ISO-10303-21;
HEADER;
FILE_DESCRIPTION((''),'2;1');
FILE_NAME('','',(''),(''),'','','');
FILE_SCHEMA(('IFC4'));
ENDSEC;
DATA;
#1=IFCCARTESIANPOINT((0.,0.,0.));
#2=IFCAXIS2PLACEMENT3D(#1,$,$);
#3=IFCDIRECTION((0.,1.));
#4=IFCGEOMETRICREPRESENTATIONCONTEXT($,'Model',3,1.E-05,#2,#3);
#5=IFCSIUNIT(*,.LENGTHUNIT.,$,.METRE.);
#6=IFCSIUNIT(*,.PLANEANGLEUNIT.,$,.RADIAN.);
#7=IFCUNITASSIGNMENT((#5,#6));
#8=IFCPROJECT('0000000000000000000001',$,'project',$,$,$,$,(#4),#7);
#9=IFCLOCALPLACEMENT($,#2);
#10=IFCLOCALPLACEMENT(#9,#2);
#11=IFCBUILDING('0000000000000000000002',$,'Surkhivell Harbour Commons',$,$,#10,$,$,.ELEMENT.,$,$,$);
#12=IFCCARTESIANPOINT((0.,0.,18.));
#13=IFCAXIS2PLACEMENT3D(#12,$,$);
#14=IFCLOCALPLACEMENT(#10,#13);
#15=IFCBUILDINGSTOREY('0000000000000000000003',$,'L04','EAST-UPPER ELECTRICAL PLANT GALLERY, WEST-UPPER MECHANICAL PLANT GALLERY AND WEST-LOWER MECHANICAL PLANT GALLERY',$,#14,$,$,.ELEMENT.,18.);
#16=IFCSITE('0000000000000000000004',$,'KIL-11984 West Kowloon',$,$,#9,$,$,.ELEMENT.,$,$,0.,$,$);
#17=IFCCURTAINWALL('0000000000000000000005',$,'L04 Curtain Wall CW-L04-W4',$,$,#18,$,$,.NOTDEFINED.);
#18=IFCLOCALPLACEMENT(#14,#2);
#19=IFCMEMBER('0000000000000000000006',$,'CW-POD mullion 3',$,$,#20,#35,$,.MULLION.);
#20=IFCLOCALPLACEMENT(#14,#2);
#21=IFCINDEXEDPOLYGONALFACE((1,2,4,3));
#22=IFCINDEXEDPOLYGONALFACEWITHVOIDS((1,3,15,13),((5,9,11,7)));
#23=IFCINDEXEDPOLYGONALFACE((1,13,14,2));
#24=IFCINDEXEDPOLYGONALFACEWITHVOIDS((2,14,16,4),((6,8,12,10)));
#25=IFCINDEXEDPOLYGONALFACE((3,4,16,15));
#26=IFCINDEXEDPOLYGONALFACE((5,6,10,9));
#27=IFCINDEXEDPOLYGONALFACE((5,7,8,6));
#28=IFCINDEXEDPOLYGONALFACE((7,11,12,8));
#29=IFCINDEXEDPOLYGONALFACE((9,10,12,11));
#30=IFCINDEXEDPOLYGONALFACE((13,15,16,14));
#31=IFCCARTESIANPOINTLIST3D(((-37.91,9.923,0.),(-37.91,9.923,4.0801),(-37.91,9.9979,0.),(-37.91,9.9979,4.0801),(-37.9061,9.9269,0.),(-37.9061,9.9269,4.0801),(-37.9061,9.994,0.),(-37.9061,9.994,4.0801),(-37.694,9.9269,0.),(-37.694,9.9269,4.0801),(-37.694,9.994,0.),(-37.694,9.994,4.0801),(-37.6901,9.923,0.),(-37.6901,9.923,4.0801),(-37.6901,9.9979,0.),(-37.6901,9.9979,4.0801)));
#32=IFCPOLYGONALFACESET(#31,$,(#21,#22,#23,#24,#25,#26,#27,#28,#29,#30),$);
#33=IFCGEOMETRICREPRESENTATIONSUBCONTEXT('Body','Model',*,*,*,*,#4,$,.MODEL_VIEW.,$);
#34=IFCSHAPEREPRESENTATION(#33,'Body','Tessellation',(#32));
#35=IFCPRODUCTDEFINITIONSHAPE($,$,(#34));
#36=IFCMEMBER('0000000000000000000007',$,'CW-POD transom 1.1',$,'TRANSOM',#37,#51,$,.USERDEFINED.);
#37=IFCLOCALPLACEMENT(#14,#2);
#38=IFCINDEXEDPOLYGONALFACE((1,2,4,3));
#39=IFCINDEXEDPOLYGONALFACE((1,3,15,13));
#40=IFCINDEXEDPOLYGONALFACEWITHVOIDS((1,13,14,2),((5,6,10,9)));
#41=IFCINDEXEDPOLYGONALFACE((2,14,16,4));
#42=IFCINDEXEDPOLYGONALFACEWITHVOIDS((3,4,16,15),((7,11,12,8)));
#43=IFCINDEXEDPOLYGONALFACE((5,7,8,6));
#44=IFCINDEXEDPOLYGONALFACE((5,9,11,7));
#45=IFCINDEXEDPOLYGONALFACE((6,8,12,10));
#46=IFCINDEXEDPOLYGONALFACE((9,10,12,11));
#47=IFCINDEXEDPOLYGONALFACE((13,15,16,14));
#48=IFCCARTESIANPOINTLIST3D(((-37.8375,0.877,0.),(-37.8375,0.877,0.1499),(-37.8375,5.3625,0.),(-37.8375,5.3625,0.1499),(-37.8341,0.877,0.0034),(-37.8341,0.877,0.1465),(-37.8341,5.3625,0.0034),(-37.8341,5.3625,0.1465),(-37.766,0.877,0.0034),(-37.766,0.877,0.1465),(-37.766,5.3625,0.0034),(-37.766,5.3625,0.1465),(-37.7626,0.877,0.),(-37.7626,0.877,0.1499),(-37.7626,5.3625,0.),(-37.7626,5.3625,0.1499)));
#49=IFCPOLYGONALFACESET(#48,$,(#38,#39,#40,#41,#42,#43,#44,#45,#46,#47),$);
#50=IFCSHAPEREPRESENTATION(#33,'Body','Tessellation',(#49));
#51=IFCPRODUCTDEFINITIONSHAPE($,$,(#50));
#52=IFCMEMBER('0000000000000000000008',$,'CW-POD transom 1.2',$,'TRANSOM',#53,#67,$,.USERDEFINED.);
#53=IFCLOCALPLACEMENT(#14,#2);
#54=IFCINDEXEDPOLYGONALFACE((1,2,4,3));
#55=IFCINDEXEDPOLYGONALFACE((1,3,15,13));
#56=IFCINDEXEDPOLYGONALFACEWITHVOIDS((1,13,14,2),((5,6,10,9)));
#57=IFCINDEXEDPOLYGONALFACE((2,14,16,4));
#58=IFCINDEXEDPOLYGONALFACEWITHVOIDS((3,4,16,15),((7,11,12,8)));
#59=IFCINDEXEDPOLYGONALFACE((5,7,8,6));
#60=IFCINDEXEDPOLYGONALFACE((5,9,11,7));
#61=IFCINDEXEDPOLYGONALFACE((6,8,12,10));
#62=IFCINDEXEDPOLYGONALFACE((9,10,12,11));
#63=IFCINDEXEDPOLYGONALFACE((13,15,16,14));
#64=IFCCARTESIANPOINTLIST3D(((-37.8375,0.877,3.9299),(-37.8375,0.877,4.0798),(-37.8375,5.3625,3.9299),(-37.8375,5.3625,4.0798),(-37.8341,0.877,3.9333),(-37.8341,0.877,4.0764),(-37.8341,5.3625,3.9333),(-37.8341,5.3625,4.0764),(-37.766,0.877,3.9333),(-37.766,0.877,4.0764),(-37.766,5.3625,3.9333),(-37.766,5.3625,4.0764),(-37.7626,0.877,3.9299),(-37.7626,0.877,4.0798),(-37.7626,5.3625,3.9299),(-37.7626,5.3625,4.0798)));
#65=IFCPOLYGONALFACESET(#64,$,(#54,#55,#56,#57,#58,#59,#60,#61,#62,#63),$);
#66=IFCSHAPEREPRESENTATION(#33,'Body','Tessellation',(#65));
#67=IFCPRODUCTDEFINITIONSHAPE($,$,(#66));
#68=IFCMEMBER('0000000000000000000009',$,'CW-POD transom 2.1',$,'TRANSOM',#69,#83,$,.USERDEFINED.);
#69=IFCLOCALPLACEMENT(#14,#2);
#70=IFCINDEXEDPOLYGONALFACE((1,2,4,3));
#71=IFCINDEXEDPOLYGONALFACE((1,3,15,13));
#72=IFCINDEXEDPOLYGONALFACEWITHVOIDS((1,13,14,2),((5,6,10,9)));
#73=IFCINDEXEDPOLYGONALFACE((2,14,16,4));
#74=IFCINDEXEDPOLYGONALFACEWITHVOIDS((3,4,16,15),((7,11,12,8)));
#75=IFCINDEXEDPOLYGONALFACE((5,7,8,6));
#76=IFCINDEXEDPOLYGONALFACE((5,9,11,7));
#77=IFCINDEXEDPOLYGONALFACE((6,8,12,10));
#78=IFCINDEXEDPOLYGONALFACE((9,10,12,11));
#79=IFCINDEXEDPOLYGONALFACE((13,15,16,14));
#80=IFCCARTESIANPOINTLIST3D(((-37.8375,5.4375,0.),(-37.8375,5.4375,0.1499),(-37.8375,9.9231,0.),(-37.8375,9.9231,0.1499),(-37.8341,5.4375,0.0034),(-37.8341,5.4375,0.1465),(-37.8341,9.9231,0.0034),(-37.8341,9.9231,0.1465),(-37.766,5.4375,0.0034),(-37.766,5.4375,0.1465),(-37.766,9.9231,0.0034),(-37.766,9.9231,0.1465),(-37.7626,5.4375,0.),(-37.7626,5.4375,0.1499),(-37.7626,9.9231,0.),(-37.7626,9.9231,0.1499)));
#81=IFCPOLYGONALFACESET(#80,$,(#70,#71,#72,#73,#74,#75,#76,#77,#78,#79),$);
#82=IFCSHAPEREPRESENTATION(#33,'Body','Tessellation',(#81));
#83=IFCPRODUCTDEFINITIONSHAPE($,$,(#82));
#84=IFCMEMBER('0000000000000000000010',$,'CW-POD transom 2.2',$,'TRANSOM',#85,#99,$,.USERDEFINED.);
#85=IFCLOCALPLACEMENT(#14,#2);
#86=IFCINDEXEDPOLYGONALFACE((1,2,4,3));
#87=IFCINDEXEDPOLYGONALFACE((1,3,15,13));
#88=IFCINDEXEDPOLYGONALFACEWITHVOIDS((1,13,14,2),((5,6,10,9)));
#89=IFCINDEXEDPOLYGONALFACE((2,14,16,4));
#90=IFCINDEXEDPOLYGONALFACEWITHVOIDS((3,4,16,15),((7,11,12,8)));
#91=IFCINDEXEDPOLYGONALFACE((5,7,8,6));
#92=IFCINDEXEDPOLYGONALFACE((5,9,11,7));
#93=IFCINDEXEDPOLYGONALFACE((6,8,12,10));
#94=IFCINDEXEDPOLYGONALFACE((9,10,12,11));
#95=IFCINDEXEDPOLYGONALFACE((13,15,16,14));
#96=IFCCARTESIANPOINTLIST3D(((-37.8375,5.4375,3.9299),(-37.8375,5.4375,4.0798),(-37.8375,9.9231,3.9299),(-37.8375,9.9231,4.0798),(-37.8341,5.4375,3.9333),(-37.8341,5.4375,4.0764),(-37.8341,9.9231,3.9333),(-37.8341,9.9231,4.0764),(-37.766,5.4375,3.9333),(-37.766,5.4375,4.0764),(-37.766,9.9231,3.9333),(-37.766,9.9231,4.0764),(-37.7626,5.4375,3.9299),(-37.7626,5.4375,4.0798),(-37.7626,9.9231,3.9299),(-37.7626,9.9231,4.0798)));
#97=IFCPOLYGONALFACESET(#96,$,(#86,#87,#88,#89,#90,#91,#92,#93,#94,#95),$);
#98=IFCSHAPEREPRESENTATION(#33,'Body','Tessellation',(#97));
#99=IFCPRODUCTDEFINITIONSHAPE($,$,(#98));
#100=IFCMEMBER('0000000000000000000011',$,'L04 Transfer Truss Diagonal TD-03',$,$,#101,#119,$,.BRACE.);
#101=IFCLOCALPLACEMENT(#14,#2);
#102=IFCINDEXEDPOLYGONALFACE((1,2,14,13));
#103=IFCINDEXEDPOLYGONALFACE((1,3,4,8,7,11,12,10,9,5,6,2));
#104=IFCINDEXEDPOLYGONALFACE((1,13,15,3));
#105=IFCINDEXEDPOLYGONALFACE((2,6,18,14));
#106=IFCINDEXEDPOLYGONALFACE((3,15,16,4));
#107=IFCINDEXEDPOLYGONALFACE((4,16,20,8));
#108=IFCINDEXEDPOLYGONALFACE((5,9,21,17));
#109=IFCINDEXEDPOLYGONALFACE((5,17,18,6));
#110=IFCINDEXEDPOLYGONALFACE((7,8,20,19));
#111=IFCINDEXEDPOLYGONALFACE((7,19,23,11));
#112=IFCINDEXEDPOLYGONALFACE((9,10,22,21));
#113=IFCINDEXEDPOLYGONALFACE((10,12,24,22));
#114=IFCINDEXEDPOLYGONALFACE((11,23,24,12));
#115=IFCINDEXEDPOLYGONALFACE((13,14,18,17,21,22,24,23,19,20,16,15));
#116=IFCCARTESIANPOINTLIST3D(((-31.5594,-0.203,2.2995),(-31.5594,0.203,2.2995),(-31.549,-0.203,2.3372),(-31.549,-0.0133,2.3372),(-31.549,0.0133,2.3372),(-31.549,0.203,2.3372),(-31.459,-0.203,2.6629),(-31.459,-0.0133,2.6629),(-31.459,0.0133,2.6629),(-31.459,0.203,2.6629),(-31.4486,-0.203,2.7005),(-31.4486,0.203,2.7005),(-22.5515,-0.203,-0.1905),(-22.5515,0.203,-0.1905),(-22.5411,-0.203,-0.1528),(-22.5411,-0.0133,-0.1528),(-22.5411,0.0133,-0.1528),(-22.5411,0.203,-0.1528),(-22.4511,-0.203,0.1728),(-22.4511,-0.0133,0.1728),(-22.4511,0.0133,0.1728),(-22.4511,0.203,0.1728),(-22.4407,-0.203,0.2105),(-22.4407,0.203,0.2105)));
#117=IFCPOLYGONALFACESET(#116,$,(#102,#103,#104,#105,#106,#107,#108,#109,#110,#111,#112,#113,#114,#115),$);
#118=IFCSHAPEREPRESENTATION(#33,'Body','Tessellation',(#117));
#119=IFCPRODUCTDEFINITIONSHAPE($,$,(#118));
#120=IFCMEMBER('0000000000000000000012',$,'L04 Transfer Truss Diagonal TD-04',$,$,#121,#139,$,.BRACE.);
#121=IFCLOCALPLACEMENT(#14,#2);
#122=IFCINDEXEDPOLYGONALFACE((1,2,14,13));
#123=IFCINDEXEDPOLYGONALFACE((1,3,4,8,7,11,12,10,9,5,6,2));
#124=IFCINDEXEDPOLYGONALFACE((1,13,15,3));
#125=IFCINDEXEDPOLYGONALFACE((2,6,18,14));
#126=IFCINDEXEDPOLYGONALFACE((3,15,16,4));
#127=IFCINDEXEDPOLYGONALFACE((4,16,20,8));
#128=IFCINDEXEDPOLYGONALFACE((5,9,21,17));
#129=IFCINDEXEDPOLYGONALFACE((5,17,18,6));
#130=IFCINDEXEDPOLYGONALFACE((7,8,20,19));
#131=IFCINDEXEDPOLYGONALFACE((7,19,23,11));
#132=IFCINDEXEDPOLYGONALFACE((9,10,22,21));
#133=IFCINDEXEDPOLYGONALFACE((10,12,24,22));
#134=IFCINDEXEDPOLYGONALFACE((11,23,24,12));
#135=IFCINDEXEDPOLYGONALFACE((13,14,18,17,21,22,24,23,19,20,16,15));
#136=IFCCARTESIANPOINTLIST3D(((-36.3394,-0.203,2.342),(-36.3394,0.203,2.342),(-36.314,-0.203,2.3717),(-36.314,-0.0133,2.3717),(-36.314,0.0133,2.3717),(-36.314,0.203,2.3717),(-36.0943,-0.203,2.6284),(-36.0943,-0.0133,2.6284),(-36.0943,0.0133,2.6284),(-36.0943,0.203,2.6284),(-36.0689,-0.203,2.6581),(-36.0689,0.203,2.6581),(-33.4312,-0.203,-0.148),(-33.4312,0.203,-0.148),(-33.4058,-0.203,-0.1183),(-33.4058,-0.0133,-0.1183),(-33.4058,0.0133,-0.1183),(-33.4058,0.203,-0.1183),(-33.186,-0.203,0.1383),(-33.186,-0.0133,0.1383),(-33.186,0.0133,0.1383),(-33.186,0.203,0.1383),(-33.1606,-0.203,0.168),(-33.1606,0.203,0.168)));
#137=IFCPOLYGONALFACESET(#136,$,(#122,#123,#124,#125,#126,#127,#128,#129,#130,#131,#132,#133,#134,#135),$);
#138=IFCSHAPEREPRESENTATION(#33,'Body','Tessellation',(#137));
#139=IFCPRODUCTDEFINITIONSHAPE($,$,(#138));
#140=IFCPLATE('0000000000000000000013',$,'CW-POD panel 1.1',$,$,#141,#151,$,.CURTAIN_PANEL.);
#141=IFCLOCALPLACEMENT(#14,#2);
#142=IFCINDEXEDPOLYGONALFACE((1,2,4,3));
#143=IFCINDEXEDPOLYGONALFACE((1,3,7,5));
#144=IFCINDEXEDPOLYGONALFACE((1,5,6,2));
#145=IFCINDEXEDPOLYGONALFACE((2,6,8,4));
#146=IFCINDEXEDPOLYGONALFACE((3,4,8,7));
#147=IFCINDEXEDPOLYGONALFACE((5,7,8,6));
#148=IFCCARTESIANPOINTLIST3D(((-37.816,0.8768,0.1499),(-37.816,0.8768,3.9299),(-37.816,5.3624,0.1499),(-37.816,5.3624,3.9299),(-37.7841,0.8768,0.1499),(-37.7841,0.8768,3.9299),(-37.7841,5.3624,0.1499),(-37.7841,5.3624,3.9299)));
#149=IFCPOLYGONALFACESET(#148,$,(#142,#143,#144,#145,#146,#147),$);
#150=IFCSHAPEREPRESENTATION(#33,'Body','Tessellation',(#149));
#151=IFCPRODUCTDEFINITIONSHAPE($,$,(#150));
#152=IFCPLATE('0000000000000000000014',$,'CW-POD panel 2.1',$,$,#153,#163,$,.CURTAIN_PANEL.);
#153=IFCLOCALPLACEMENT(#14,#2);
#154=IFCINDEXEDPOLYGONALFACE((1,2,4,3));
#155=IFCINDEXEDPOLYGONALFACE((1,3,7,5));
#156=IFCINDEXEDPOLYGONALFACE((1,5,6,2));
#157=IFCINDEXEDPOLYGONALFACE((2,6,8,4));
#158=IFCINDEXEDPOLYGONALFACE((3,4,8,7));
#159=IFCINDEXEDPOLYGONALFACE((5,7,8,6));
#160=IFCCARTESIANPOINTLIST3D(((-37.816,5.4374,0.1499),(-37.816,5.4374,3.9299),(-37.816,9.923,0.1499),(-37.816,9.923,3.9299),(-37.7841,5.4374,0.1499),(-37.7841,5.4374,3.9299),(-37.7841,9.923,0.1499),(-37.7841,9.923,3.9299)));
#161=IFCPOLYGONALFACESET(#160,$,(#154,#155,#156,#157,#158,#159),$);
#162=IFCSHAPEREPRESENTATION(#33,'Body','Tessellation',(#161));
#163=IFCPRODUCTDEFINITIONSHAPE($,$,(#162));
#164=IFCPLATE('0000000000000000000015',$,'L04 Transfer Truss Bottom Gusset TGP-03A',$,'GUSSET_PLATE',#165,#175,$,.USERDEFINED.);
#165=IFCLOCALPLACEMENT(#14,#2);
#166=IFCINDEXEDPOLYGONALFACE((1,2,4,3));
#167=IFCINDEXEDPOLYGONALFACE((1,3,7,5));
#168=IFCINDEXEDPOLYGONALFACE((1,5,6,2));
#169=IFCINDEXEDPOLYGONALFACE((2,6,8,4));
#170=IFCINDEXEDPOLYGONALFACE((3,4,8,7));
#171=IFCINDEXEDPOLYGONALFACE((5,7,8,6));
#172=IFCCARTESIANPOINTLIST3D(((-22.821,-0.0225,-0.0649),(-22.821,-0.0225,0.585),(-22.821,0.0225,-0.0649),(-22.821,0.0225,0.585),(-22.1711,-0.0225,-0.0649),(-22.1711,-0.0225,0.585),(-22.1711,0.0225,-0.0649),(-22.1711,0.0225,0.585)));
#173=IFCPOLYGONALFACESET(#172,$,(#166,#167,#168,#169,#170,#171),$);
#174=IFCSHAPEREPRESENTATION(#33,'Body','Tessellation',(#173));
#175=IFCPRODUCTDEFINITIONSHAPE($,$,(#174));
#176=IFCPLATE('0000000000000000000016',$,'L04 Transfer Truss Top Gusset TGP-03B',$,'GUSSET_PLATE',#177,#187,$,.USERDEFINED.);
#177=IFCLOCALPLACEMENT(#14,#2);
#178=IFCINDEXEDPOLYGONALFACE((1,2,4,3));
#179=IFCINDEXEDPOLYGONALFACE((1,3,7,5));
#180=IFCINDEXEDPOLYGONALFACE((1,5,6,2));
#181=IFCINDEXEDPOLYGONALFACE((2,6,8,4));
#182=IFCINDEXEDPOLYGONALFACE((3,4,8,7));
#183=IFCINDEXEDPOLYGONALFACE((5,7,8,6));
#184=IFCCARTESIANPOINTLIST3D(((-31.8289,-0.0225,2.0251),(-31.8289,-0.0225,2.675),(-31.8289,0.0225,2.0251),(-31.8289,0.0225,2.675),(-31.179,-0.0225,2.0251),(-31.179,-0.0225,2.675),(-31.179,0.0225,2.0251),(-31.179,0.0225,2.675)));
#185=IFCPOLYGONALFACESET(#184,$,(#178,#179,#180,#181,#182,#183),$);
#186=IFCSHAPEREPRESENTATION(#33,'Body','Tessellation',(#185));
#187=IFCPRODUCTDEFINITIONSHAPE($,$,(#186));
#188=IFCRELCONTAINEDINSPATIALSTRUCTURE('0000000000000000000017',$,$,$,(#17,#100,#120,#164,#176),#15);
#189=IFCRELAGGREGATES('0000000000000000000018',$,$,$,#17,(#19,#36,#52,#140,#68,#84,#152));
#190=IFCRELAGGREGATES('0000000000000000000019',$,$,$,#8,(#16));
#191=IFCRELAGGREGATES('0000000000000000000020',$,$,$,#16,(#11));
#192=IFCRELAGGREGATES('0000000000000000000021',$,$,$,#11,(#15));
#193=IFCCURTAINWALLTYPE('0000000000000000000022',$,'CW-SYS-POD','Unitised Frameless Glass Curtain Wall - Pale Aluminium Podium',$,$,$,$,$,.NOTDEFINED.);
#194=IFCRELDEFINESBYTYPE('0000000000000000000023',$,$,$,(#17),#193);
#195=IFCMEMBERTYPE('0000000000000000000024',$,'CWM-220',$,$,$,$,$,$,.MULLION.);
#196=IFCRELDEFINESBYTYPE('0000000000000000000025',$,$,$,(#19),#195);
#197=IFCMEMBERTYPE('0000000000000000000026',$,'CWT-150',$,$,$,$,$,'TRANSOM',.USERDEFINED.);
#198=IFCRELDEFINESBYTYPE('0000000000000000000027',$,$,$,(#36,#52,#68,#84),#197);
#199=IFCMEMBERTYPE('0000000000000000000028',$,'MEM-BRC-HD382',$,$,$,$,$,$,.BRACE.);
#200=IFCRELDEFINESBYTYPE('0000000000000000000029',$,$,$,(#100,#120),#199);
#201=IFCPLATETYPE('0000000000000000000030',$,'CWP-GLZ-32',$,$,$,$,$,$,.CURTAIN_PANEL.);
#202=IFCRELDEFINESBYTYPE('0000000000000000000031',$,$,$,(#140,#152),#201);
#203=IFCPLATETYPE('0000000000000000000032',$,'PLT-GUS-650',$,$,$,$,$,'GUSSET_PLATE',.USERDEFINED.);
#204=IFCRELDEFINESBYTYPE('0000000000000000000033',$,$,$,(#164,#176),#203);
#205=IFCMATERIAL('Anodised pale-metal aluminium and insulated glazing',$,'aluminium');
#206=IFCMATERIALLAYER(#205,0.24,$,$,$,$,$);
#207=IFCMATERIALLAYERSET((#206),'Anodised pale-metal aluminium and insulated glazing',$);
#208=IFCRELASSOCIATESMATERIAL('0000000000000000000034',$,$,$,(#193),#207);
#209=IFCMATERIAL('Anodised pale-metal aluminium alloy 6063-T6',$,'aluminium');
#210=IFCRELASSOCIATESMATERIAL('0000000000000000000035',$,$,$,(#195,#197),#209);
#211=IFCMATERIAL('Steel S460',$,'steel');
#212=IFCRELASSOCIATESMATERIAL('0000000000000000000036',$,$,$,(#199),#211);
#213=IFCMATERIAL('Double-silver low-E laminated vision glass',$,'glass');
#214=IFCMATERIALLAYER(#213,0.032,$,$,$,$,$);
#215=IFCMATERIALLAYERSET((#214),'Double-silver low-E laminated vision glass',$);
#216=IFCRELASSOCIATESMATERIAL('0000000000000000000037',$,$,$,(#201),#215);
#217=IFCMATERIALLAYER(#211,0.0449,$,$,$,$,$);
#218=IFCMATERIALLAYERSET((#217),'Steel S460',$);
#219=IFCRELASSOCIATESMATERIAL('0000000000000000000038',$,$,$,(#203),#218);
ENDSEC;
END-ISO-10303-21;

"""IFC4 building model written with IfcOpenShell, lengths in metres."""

from ifc_helpers import new_model, si_unit, direction, frame, frame_2d, origin, origin_2d, place, context, subcontext, project, spatial, rectangle, hollow_rectangle, i_section, extrude, material, layer, layer_set, material_profile, profile_set, type_object, element, aggregate, save


model = new_model("IFC4")

# Units and contexts
model_context = context("Model", 3, precision=1e-05, world=origin(), true_north=direction((0.0, 1.0)))
body_context = subcontext(model_context, "Body", "Model", "MODEL_VIEW")
ifc_project = project(units=[si_unit("LENGTHUNIT", "METRE"), si_unit("PLANEANGLEUNIT", "RADIAN")], contexts=[model_context])

# Site, building, storey
site_placement = place(None, origin())
site = spatial("IfcSite", under=ifc_project, at=site_placement, Name="KIL-11984 West Kowloon", CompositionType="ELEMENT", RefElevation=0.0)
building_placement = place(site_placement, origin())
building = spatial("IfcBuilding", under=site, at=building_placement, Name="Surkhivell Harbour Commons", CompositionType="ELEMENT")
storey_placement = place(building_placement, frame((0.0, 0.0, 18.0)))
storey = spatial("IfcBuildingStorey", under=building, at=storey_placement, Name="L04", Description="EAST-UPPER ELECTRICAL PLANT GALLERY, WEST-UPPER MECHANICAL PLANT GALLERY AND WEST-LOWER MECHANICAL PLANT GALLERY", CompositionType="ELEMENT", Elevation=18.0)

# Shared definitions
ifc_material_1 = material(Name="Steel S460", Category="steel")

# Curtain wall, members
ifc_material_2 = material(Name="Anodised pale-metal aluminium and insulated glazing", Category="aluminium")
ifc_layer_1 = layer(ifc_material_2, 0.24)
ifc_layer_set_1 = layer_set([ifc_layer_1], Name="Anodised pale-metal aluminium and insulated glazing")
curtain_wall_type = type_object("IfcCurtainWallType", Name="CW-SYS-POD", Description="Unitised Frameless Glass Curtain Wall - Pale Aluminium Podium", PredefinedType="NOTDEFINED", material=ifc_layer_set_1)
curtain_wall_placement = place(storey_placement, origin())
curtain_wall = element("IfcCurtainWall", 1, at=curtain_wall_placement, inside=storey, type_object=curtain_wall_type, Name="L04 Curtain Wall CW-L04-W4", PredefinedType="NOTDEFINED")
ifc_material_3 = material(Name="Anodised pale-metal aluminium alloy 6063-T6", Category="aluminium")
ifc_material_profile_1 = material_profile(ifc_material_3, hollow_rectangle(XDim=0.075, YDim=0.22, WallThickness=0.0039, at=origin_2d()), Name="ALU-MULL-75x220")
ifc_profile_set_1 = profile_set([ifc_material_profile_1], Name="Anodised pale-metal aluminium alloy 6063-T6")
member_type_1 = type_object("IfcMemberType", Name="CWM-220", PredefinedType="MULLION", material=ifc_profile_set_1)
member_1_placement = place(storey_placement, frame((-37.8, 9.9604, 0.0), z_axis=(0.0, 0.0, 1.0), x_axis=(0.0, 1.0, 0.0)))
member_1 = element("IfcMember", 2, at=member_1_placement, type_object=member_type_1, Name="CW-POD mullion 3", PredefinedType="MULLION", context=body_context, shape_type="SweptSolid", body=[
    extrude(hollow_rectangle(XDim=0.075, YDim=0.22, WallThickness=0.0039, at=origin_2d()), origin(), (0.0, 0.0, 1.0), 4.0801),
])
ifc_material_profile_2 = material_profile(ifc_material_3, hollow_rectangle(XDim=0.075, YDim=0.1499, WallThickness=0.0034, at=origin_2d()), Name="ALU-TRAN-75x150")
ifc_profile_set_2 = profile_set([ifc_material_profile_2], Name="Anodised pale-metal aluminium alloy 6063-T6")
member_type_2 = type_object("IfcMemberType", Name="CWT-150", ElementType="TRANSOM", PredefinedType="USERDEFINED", material=ifc_profile_set_2)
member_2_placement = place(storey_placement, frame((-37.8, 0.877, 0.075), z_axis=(0.0, 1.0, 0.0), x_axis=(-1.0, 0.0, 0.0)))
member_2 = element("IfcMember", 3, at=member_2_placement, type_object=member_type_2, Name="CW-POD transom 1.1", ObjectType="TRANSOM", PredefinedType="USERDEFINED", context=body_context, shape_type="SweptSolid", body=[
    extrude(hollow_rectangle(XDim=0.075, YDim=0.1499, WallThickness=0.0034, at=origin_2d()), origin(), (0.0, 0.0, 1.0), 4.4856),
])
member_3_placement = place(storey_placement, frame((-37.8, 0.877, 4.0049), z_axis=(0.0, 1.0, 0.0), x_axis=(-1.0, 0.0, 0.0)))
member_3 = element("IfcMember", 4, at=member_3_placement, type_object=member_type_2, Name="CW-POD transom 1.2", ObjectType="TRANSOM", PredefinedType="USERDEFINED", context=body_context, shape_type="SweptSolid", body=[
    extrude(hollow_rectangle(XDim=0.075, YDim=0.1499, WallThickness=0.0034, at=origin_2d()), origin(), (0.0, 0.0, 1.0), 4.4856),
])
member_4_placement = place(storey_placement, frame((-37.8, 5.4375, 0.075), z_axis=(0.0, 1.0, 0.0), x_axis=(-1.0, 0.0, 0.0)))
member_4 = element("IfcMember", 5, at=member_4_placement, type_object=member_type_2, Name="CW-POD transom 2.1", ObjectType="TRANSOM", PredefinedType="USERDEFINED", context=body_context, shape_type="SweptSolid", body=[
    extrude(hollow_rectangle(XDim=0.075, YDim=0.1499, WallThickness=0.0034, at=origin_2d()), origin(), (0.0, 0.0, 1.0), 4.4856),
])
member_5_placement = place(storey_placement, frame((-37.8, 5.4375, 4.0049), z_axis=(0.0, 1.0, 0.0), x_axis=(-1.0, 0.0, 0.0)))
member_5 = element("IfcMember", 6, at=member_5_placement, type_object=member_type_2, Name="CW-POD transom 2.2", ObjectType="TRANSOM", PredefinedType="USERDEFINED", context=body_context, shape_type="SweptSolid", body=[
    extrude(hollow_rectangle(XDim=0.075, YDim=0.1499, WallThickness=0.0034, at=origin_2d()), origin(), (0.0, 0.0, 1.0), 4.4856),
])

# Members
ifc_material_profile_3 = material_profile(ifc_material_1, i_section(OverallWidth=0.406, OverallDepth=0.416, WebThickness=0.0266, FlangeThickness=0.0391, at=origin_2d()), Name="HD400x382")
ifc_profile_set_3 = profile_set([ifc_material_profile_3], Name="Steel S460")
member_type_3 = type_object("IfcMemberType", Name="MEM-BRC-HD382", PredefinedType="BRACE", material=ifc_profile_set_3)
member_6_placement = place(storey_placement, frame((-22.4961, 0.0, 0.01), z_axis=(-0.963853, 0.0, 0.266434), x_axis=(0.0, -1.0, 0.0)))
element("IfcMember", 7, at=member_6_placement, inside=storey, type_object=member_type_3, Name="L04 Transfer Truss Diagonal TD-03", PredefinedType="BRACE", context=body_context, shape_type="SweptSolid", body=[
    extrude(i_section(OverallWidth=0.406, OverallDepth=0.416, WebThickness=0.0266, FlangeThickness=0.0391, at=origin_2d()), origin(), (0.0, 0.0, 1.0), 9.3457),
])
member_7_placement = place(storey_placement, frame((-33.2959, 0.0, 0.01), z_axis=(-0.759612, 0.0, 0.650376), x_axis=(0.0, -1.0, 0.0)))
element("IfcMember", 8, at=member_7_placement, inside=storey, type_object=member_type_3, Name="L04 Transfer Truss Diagonal TD-04", PredefinedType="BRACE", context=body_context, shape_type="SweptSolid", body=[
    extrude(i_section(OverallWidth=0.406, OverallDepth=0.416, WebThickness=0.0266, FlangeThickness=0.0391, at=origin_2d()), origin(), (0.0, 0.0, 1.0), 3.8286),
])

# Plates
ifc_material_4 = material(Name="Double-silver low-E laminated vision glass", Category="glass")
ifc_layer_2 = layer(ifc_material_4, 0.032)
ifc_layer_set_2 = layer_set([ifc_layer_2], Name="Double-silver low-E laminated vision glass")
plate_type_1 = type_object("IfcPlateType", Name="CWP-GLZ-32", PredefinedType="CURTAIN_PANEL", material=ifc_layer_set_2)
plate_1_placement = place(storey_placement, frame((-37.8, 0.877, 0.1499), z_axis=(0.0, 0.0, 1.0), x_axis=(0.0, 1.0, 0.0)))
plate_1 = element("IfcPlate", 9, at=plate_1_placement, type_object=plate_type_1, Name="CW-POD panel 1.1", PredefinedType="CURTAIN_PANEL", context=body_context, shape_type="SweptSolid", body=[
    extrude(rectangle(XDim=4.4856, YDim=0.032, at=frame_2d((2.2427, 0.0))), origin(), (0.0, 0.0, 1.0), 3.78),
])
plate_2_placement = place(storey_placement, frame((-37.8, 5.4375, 0.1499), z_axis=(0.0, 0.0, 1.0), x_axis=(0.0, 1.0, 0.0)))
plate_2 = element("IfcPlate", 10, at=plate_2_placement, type_object=plate_type_1, Name="CW-POD panel 2.1", PredefinedType="CURTAIN_PANEL", context=body_context, shape_type="SweptSolid", body=[
    extrude(rectangle(XDim=4.4856, YDim=0.032, at=frame_2d((2.2427, 0.0))), origin(), (0.0, 0.0, 1.0), 3.78),
])
aggregate(curtain_wall, [member_1, member_2, member_3, plate_1, member_4, member_5, plate_2])

# Plates
ifc_layer_3 = layer(ifc_material_1, 0.0449)
ifc_layer_set_3 = layer_set([ifc_layer_3], Name="Steel S460")
plate_type_2 = type_object("IfcPlateType", Name="PLT-GUS-650", ElementType="GUSSET_PLATE", PredefinedType="USERDEFINED", material=ifc_layer_set_3)
for number, where, z_axis, x_axis, name in (
    (11, (-22.4961, 0.0, -0.0649), (0.0, 0.0, 1.0), (1.0, 0.0, 0.0), "L04 Transfer Truss Bottom Gusset TGP-03A"),
    (12, (-31.5039, 0.0, 2.0251), (0.0, 0.0, 1.0), (1.0, 0.0, 0.0), "L04 Transfer Truss Top Gusset TGP-03B"),
):
    element("IfcPlate", number, at=place(storey_placement, frame(where, z_axis=z_axis, x_axis=x_axis)), inside=storey, type_object=plate_type_2, Name=name, ObjectType="GUSSET_PLATE", PredefinedType="USERDEFINED", context=body_context, shape_type="SweptSolid", body=[
        extrude(rectangle(XDim=0.6499, YDim=0.0449, at=origin_2d()), origin(), (0.0, 0.0, 1.0), 0.6499),
    ])

save(model, "model.ifc")
